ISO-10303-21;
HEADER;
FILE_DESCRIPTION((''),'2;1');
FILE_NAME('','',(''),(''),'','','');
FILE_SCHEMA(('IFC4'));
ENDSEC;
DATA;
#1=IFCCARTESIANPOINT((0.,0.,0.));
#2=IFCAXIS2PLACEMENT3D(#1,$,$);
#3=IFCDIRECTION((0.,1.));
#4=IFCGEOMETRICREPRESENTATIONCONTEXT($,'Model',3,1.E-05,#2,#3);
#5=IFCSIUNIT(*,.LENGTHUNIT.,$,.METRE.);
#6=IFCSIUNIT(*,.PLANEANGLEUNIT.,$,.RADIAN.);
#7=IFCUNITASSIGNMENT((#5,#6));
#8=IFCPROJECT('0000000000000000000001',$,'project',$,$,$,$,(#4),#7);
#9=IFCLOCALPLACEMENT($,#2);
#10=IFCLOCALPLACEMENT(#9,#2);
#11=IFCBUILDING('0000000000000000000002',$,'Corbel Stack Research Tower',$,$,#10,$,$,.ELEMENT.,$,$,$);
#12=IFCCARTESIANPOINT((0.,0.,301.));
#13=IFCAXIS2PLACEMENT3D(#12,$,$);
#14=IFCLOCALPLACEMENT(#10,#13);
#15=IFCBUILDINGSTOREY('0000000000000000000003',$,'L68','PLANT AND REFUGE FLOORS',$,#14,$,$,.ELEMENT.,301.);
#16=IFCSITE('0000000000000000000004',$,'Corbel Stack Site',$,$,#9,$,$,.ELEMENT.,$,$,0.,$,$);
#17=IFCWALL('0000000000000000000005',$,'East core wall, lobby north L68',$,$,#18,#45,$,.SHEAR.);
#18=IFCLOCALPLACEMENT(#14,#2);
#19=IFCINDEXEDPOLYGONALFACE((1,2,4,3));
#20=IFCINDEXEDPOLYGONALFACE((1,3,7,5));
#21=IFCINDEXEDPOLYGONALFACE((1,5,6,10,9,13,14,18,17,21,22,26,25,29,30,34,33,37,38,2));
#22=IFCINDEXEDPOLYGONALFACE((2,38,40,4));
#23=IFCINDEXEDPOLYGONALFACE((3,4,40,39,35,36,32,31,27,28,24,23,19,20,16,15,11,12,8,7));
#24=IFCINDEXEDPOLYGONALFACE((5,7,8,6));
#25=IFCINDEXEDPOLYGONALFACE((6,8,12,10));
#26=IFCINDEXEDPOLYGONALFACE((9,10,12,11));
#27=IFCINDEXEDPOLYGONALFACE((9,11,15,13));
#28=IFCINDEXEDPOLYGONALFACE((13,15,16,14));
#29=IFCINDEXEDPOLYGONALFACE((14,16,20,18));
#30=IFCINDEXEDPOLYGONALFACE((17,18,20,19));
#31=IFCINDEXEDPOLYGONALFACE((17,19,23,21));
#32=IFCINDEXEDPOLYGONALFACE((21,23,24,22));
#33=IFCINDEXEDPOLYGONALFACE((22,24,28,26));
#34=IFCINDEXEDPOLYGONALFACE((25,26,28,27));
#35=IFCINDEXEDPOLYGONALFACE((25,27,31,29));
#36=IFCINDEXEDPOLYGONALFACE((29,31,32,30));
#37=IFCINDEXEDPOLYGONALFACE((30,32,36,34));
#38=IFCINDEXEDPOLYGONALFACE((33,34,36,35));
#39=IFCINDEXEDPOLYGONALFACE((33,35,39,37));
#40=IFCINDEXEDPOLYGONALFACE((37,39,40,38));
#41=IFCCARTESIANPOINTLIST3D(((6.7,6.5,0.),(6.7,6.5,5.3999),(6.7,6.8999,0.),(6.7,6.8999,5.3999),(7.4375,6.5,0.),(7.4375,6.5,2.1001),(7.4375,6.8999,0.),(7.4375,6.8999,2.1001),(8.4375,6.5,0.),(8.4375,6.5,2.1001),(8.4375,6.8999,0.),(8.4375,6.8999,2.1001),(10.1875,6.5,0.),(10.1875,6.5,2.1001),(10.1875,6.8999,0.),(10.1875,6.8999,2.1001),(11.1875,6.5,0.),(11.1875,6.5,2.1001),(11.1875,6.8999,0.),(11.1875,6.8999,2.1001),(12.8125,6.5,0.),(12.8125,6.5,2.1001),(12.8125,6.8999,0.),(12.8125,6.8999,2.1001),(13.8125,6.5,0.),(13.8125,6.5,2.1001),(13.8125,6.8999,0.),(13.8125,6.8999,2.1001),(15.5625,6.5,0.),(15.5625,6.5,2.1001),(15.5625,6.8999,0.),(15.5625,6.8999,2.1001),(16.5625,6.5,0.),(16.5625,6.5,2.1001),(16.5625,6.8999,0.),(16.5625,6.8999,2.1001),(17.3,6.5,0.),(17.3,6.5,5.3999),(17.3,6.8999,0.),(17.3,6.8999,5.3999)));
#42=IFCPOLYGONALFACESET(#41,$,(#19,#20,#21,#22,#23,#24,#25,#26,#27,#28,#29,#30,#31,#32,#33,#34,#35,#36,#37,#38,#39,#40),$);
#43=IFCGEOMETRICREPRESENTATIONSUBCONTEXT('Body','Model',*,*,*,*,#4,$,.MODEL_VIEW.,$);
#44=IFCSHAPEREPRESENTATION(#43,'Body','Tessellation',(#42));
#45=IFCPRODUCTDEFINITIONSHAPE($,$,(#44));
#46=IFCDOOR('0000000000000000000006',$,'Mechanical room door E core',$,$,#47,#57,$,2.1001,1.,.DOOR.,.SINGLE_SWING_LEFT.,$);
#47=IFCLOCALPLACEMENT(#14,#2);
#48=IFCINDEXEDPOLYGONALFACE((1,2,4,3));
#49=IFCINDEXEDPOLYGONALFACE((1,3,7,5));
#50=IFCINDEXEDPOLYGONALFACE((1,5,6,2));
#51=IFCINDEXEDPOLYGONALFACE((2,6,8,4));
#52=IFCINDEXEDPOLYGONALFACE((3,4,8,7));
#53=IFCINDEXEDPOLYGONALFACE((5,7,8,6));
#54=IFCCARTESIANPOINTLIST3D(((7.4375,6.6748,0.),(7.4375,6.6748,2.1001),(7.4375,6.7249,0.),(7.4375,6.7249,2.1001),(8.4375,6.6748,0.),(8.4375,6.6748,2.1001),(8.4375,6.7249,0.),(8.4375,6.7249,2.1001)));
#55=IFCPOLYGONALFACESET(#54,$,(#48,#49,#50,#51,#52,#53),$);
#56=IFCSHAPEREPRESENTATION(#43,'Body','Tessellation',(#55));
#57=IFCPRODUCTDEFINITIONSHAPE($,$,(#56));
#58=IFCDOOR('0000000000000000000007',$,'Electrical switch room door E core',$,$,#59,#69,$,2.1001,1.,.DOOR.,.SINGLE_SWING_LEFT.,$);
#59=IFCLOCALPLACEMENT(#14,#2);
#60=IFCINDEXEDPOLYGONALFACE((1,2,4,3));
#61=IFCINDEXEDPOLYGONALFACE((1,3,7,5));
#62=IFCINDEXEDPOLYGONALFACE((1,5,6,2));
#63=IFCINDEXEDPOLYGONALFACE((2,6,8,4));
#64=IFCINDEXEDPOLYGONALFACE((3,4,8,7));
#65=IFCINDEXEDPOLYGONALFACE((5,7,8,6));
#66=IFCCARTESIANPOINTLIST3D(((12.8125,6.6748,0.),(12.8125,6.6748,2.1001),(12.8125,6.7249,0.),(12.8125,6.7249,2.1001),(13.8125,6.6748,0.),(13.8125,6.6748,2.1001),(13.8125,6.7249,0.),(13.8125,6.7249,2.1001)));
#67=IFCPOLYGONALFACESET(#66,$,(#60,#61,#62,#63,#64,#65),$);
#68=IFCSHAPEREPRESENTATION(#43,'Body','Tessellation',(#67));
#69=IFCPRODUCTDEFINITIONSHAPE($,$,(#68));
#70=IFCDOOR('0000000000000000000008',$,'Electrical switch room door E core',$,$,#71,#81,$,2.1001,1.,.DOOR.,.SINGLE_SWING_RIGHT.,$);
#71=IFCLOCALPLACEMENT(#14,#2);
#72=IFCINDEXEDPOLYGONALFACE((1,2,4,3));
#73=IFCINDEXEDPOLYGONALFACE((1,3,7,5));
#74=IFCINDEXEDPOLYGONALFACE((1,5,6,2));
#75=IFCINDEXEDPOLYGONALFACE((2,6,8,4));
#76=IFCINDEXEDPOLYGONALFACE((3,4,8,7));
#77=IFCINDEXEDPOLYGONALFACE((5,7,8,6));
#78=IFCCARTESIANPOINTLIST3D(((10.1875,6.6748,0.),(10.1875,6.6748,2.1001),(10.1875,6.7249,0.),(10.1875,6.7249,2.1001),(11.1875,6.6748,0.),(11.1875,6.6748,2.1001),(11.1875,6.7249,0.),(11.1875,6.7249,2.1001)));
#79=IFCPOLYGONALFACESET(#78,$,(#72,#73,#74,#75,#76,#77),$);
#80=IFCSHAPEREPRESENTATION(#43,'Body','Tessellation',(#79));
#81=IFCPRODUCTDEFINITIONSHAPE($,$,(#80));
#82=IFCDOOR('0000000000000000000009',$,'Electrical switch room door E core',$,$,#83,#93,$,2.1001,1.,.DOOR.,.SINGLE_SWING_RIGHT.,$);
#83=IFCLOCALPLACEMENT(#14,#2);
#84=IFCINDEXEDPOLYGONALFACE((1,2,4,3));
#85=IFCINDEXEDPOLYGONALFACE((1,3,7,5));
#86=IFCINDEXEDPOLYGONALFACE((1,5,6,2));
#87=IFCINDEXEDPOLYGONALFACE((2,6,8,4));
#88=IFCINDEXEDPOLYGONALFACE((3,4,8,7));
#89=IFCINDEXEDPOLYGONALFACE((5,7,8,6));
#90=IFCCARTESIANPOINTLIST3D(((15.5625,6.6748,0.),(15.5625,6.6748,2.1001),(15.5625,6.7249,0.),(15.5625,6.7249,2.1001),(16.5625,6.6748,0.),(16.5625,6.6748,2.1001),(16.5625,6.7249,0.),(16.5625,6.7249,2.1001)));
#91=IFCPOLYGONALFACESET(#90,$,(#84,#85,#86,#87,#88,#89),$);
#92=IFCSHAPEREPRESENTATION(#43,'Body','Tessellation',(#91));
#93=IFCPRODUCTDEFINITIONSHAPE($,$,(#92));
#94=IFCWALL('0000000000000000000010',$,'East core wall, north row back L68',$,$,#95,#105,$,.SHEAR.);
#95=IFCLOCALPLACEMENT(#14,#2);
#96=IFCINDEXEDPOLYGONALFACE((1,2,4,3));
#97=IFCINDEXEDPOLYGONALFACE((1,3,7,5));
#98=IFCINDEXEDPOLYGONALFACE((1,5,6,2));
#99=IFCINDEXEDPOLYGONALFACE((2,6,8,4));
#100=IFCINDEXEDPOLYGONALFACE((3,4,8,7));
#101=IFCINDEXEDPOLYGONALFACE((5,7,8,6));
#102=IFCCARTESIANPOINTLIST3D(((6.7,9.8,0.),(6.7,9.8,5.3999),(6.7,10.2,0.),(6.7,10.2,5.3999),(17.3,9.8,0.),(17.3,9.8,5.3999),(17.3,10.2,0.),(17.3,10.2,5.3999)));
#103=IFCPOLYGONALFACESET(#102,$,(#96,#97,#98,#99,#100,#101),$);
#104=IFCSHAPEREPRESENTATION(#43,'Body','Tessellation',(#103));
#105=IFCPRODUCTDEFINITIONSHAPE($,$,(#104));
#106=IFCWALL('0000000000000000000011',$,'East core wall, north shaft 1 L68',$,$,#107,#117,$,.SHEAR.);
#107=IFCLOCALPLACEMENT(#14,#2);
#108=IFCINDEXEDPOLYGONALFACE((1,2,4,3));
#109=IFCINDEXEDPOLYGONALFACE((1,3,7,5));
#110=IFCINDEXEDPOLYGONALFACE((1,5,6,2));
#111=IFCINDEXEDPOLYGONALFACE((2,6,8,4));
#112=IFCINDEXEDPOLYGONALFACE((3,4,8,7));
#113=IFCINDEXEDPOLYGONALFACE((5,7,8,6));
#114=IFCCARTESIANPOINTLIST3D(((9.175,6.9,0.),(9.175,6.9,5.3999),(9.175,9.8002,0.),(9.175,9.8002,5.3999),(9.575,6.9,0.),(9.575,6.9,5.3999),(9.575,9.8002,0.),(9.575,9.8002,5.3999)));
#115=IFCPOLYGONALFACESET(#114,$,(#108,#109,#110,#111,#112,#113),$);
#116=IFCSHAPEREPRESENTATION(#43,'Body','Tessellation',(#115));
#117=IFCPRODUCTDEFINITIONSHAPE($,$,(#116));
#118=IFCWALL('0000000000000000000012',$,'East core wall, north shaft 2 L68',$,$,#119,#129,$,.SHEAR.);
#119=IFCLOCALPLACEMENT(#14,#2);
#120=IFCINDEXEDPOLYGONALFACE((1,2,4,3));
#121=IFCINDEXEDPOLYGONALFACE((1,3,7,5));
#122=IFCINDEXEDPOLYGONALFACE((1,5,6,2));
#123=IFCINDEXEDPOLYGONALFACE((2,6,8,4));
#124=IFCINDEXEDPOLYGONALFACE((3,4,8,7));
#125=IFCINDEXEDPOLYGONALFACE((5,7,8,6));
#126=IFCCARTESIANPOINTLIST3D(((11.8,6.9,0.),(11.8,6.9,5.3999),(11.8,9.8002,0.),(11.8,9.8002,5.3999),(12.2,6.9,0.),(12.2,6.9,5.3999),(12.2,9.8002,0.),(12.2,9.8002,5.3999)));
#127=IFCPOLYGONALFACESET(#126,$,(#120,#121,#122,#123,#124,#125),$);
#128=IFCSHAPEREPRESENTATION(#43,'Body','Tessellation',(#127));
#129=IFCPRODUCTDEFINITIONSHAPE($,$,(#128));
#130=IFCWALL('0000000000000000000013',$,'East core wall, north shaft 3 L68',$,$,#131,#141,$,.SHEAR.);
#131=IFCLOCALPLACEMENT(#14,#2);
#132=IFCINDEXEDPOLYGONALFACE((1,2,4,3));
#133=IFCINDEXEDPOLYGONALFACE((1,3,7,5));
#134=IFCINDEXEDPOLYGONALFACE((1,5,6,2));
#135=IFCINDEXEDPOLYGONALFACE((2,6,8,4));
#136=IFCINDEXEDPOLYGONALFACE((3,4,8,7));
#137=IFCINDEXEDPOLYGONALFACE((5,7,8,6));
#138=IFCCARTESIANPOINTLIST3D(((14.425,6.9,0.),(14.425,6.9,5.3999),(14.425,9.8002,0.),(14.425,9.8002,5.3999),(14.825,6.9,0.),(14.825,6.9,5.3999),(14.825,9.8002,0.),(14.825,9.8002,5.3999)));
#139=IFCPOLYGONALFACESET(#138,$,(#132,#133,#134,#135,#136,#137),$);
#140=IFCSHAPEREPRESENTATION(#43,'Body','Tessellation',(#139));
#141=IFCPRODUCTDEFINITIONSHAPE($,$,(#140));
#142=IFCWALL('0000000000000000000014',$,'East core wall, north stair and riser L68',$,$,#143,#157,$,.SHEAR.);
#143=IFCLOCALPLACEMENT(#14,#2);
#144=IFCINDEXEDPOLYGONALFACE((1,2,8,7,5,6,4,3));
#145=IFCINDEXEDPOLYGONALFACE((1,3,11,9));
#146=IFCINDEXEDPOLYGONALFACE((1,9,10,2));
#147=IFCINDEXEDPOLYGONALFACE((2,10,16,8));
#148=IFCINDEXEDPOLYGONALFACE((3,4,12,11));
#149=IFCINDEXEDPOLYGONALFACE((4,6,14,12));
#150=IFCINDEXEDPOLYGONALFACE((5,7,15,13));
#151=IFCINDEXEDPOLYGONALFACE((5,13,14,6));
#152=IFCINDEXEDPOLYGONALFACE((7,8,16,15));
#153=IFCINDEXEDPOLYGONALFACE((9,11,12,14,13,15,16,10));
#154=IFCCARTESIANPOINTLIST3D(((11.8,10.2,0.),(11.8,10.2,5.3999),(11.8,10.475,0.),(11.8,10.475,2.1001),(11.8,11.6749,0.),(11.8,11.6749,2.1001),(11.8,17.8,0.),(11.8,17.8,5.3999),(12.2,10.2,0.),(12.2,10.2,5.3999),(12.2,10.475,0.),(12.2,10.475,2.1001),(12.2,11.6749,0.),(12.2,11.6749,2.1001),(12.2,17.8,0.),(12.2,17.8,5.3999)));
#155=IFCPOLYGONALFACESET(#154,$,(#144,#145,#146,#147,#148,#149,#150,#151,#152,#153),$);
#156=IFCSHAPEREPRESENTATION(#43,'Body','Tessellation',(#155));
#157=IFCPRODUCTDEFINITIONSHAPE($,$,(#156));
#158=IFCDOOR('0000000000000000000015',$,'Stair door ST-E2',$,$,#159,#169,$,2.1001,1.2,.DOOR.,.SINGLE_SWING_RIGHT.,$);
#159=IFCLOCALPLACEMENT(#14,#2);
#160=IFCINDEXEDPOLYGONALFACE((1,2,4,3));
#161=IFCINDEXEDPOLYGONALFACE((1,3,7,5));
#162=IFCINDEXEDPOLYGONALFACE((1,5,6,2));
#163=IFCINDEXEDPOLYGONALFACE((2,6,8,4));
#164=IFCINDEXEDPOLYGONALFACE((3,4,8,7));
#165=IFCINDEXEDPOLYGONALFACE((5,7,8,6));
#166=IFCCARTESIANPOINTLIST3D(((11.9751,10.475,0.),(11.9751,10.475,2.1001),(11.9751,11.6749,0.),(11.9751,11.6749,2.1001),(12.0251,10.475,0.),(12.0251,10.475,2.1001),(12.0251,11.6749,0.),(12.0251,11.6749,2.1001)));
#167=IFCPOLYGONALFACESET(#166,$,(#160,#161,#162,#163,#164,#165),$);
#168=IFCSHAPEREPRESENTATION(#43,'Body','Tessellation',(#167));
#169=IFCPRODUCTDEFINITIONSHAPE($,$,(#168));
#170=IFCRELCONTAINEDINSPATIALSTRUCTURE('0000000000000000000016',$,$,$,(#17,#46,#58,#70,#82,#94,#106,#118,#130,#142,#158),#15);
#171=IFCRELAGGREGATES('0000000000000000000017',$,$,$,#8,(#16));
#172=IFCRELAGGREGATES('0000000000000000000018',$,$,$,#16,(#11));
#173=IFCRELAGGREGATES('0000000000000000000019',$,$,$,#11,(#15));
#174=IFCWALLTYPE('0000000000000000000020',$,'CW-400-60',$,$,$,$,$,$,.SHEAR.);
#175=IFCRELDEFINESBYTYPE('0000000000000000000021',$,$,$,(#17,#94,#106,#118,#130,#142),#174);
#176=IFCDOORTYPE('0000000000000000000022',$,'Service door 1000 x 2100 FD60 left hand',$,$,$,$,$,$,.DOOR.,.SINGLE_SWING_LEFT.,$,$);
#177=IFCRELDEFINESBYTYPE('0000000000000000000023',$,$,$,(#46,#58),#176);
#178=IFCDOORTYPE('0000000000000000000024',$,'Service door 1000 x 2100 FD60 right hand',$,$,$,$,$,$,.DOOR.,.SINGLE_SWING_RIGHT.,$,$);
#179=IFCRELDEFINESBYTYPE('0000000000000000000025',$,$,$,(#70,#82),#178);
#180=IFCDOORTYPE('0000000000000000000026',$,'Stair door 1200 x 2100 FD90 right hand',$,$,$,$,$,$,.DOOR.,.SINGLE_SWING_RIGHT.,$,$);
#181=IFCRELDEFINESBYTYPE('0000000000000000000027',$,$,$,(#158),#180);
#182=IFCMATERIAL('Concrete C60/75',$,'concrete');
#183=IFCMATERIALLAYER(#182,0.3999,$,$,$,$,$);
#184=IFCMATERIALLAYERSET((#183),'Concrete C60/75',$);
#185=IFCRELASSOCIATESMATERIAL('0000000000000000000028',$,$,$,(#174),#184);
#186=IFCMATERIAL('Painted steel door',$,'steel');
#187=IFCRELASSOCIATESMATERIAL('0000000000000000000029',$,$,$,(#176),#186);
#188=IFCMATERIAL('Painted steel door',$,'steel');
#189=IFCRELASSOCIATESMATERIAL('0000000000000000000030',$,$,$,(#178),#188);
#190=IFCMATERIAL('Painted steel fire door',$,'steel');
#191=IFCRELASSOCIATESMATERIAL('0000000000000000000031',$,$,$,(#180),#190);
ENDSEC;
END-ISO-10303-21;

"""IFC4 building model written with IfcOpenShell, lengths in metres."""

from ifc_helpers import new_model, si_unit, direction, frame, frame_2d, origin, place, context, subcontext, project, spatial, rectangle, extrude, material, layer, layer_set, type_object, element, fill, save


model = new_model("IFC4")

# Units and contexts
model_context = context("Model", 3, precision=1e-05, world=origin(), true_north=direction((0.0, 1.0)))
body_context = subcontext(model_context, "Body", "Model", "MODEL_VIEW")
ifc_project = project(units=[si_unit("LENGTHUNIT", "METRE"), si_unit("PLANEANGLEUNIT", "RADIAN")], contexts=[model_context])

# Site, building, storey
site_placement = place(None, origin())
site = spatial("IfcSite", under=ifc_project, at=site_placement, Name="Corbel Stack Site", CompositionType="ELEMENT", RefElevation=0.0)
building_placement = place(site_placement, origin())
building = spatial("IfcBuilding", under=site, at=building_placement, Name="Corbel Stack Research Tower", CompositionType="ELEMENT")
storey_placement = place(building_placement, frame((0.0, 0.0, 301.0)))
storey = spatial("IfcBuildingStorey", under=building, at=storey_placement, Name="L68", Description="PLANT AND REFUGE FLOORS", CompositionType="ELEMENT", Elevation=301.0)

# Wall, openings, doors
ifc_material_1 = material(Name="Concrete C60/75", Category="concrete")
ifc_layer = layer(ifc_material_1, 0.3999)
ifc_layer_set = layer_set([ifc_layer], Name="Concrete C60/75")
wall_type = type_object("IfcWallType", Name="CW-400-60", PredefinedType="SHEAR", material=ifc_layer_set)
ifc_material_2 = material(Name="Painted steel door", Category="steel")
door_type_1 = type_object("IfcDoorType", Name="Service door 1000 x 2100 FD60 left hand", OperationType="SINGLE_SWING_LEFT", PredefinedType="DOOR", material=ifc_material_2)
ifc_material_3 = material(Name="Painted steel door", Category="steel")
door_type_2 = type_object("IfcDoorType", Name="Service door 1000 x 2100 FD60 right hand", OperationType="SINGLE_SWING_RIGHT", PredefinedType="DOOR", material=ifc_material_3)
wall_1_placement = place(storey_placement, frame((6.7, 6.7, 0.0), z_axis=(0.0, 0.0, 1.0), x_axis=(1.0, 0.0, 0.0)))
wall_1 = element("IfcWall", 1, at=wall_1_placement, inside=storey, type_object=wall_type, Name="East core wall, lobby north L68", PredefinedType="SHEAR", context=body_context, shape_type="SweptSolid", body=[
    extrude(rectangle(XDim=10.6001, YDim=0.3999, at=frame_2d((5.3, 0.0))), origin(), (0.0, 0.0, 1.0), 5.3999),
])
opening_1_placement = place(wall_1_placement, frame((0.7375, 0.0, 0.0)))
opening_1 = element("IfcOpeningElement", 2, at=opening_1_placement, cuts=wall_1, PredefinedType="OPENING", context=body_context, shape_type="SweptSolid", body=[
    extrude(rectangle(XDim=1.0, YDim=2.1001, at=frame_2d((0.5, 1.05))), frame((0.0, 0.21, 0.0), z_axis=(0.0, -1.0, 0.0), x_axis=(1.0, 0.0, 0.0)), (0.0, 0.0, 1.0), 0.4199),
])
opening_2_placement = place(wall_1_placement, frame((3.4875, 0.0, 0.0)))
opening_2 = element("IfcOpeningElement", 3, at=opening_2_placement, cuts=wall_1, PredefinedType="OPENING", context=body_context, shape_type="SweptSolid", body=[
    extrude(rectangle(XDim=1.0, YDim=2.1001, at=frame_2d((0.5, 1.05))), frame((0.0, 0.21, 0.0), z_axis=(0.0, -1.0, 0.0), x_axis=(1.0, 0.0, 0.0)), (0.0, 0.0, 1.0), 0.4199),
])
opening_3_placement = place(wall_1_placement, frame((6.1125, 0.0, 0.0)))
opening_3 = element("IfcOpeningElement", 4, at=opening_3_placement, cuts=wall_1, PredefinedType="OPENING", context=body_context, shape_type="SweptSolid", body=[
    extrude(rectangle(XDim=1.0, YDim=2.1001, at=frame_2d((0.5, 1.05))), frame((0.0, 0.21, 0.0), z_axis=(0.0, -1.0, 0.0), x_axis=(1.0, 0.0, 0.0)), (0.0, 0.0, 1.0), 0.4199),
])
opening_4_placement = place(wall_1_placement, frame((8.8625, 0.0, 0.0)))
opening_4 = element("IfcOpeningElement", 5, at=opening_4_placement, cuts=wall_1, PredefinedType="OPENING", context=body_context, shape_type="SweptSolid", body=[
    extrude(rectangle(XDim=1.0, YDim=2.1001, at=frame_2d((0.5, 1.05))), frame((0.0, 0.21, 0.0), z_axis=(0.0, -1.0, 0.0), x_axis=(1.0, 0.0, 0.0)), (0.0, 0.0, 1.0), 0.4199),
])
door_1_placement = place(opening_1_placement, origin())
door_1 = element("IfcDoor", 6, at=door_1_placement, inside=storey, type_object=door_type_1, Name="Mechanical room door E core", OperationType="SINGLE_SWING_LEFT", OverallHeight=2.1001, OverallWidth=1.0, PredefinedType="DOOR", context=body_context, shape_type="SweptSolid", body=[
    extrude(rectangle(XDim=1.0, YDim=2.1001, at=frame_2d((0.5, 1.05))), frame((0.0, 0.0249, 0.0), z_axis=(0.0, -1.0, 0.0), x_axis=(1.0, 0.0, 0.0)), (0.0, 0.0, 1.0), 0.05),
])
fill(opening_1, door_1)
door_2_placement = place(opening_3_placement, origin())
door_2 = element("IfcDoor", 7, at=door_2_placement, inside=storey, type_object=door_type_1, Name="Electrical switch room door E core", OperationType="SINGLE_SWING_LEFT", OverallHeight=2.1001, OverallWidth=1.0, PredefinedType="DOOR", context=body_context, shape_type="SweptSolid", body=[
    extrude(rectangle(XDim=1.0, YDim=2.1001, at=frame_2d((0.5, 1.05))), frame((0.0, 0.0249, 0.0), z_axis=(0.0, -1.0, 0.0), x_axis=(1.0, 0.0, 0.0)), (0.0, 0.0, 1.0), 0.05),
])
fill(opening_3, door_2)
door_3_placement = place(opening_2_placement, origin())
door_3 = element("IfcDoor", 8, at=door_3_placement, inside=storey, type_object=door_type_2, Name="Electrical switch room door E core", OperationType="SINGLE_SWING_RIGHT", OverallHeight=2.1001, OverallWidth=1.0, PredefinedType="DOOR", context=body_context, shape_type="SweptSolid", body=[
    extrude(rectangle(XDim=1.0, YDim=2.1001, at=frame_2d((0.5, 1.05))), frame((0.0, 0.0249, 0.0), z_axis=(0.0, -1.0, 0.0), x_axis=(1.0, 0.0, 0.0)), (0.0, 0.0, 1.0), 0.05),
])
fill(opening_2, door_3)
door_4_placement = place(opening_4_placement, origin())
door_4 = element("IfcDoor", 9, at=door_4_placement, inside=storey, type_object=door_type_2, Name="Electrical switch room door E core", OperationType="SINGLE_SWING_RIGHT", OverallHeight=2.1001, OverallWidth=1.0, PredefinedType="DOOR", context=body_context, shape_type="SweptSolid", body=[
    extrude(rectangle(XDim=1.0, YDim=2.1001, at=frame_2d((0.5, 1.05))), frame((0.0, 0.0249, 0.0), z_axis=(0.0, -1.0, 0.0), x_axis=(1.0, 0.0, 0.0)), (0.0, 0.0, 1.0), 0.05),
])
fill(opening_4, door_4)

# Walls
wall_2_placement = place(storey_placement, frame((6.7, 10.0, 0.0), z_axis=(0.0, 0.0, 1.0), x_axis=(1.0, 0.0, 0.0)))
element("IfcWall", 10, at=wall_2_placement, inside=storey, type_object=wall_type, Name="East core wall, north row back L68", PredefinedType="SHEAR", context=body_context, shape_type="SweptSolid", body=[
    extrude(rectangle(XDim=10.6001, YDim=0.3999, at=frame_2d((5.3, 0.0))), origin(), (0.0, 0.0, 1.0), 5.3999),
])
for number, where, z_axis, x_axis, name in (
    (11, (9.375, 6.8999, 0.0), (0.0, 0.0, 1.0), (0.0, 1.0, 0.0), "East core wall, north shaft 1 L68"),
    (12, (12.0, 6.8999, 0.0), (0.0, 0.0, 1.0), (0.0, 1.0, 0.0), "East core wall, north shaft 2 L68"),
    (13, (14.625, 6.8999, 0.0), (0.0, 0.0, 1.0), (0.0, 1.0, 0.0), "East core wall, north shaft 3 L68"),
):
    element("IfcWall", number, at=place(storey_placement, frame(where, z_axis=z_axis, x_axis=x_axis)), inside=storey, type_object=wall_type, Name=name, PredefinedType="SHEAR", context=body_context, shape_type="SweptSolid", body=[
        extrude(rectangle(XDim=2.9001, YDim=0.3999, at=frame_2d((1.4502, 0.0))), origin(), (0.0, 0.0, 1.0), 5.3999),
    ])

# Wall, opening, door
wall_3_placement = place(storey_placement, frame((12.0, 10.2, 0.0), z_axis=(0.0, 0.0, 1.0), x_axis=(0.0, 1.0, 0.0)))
wall_3 = element("IfcWall", 14, at=wall_3_placement, inside=storey, type_object=wall_type, Name="East core wall, north stair and riser L68", PredefinedType="SHEAR", context=body_context, shape_type="SweptSolid", body=[
    extrude(rectangle(XDim=7.6001, YDim=0.3999, at=frame_2d((3.8, 0.0))), origin(), (0.0, 0.0, 1.0), 5.3999),
])
opening_5_placement = place(wall_3_placement, frame((0.2749, 0.0, 0.0)))
opening_5 = element("IfcOpeningElement", 15, at=opening_5_placement, cuts=wall_3, PredefinedType="OPENING", context=body_context, shape_type="SweptSolid", body=[
    extrude(rectangle(XDim=1.2, YDim=2.1001, at=frame_2d((0.6001, 1.05))), frame((0.0, 0.21, 0.0), z_axis=(0.0, -1.0, 0.0), x_axis=(1.0, 0.0, 0.0)), (0.0, 0.0, 1.0), 0.4199),
])
ifc_material_4 = material(Name="Painted steel fire door", Category="steel")
door_type_3 = type_object("IfcDoorType", Name="Stair door 1200 x 2100 FD90 right hand", OperationType="SINGLE_SWING_RIGHT", PredefinedType="DOOR", material=ifc_material_4)
door_5_placement = place(opening_5_placement, origin())
door_5 = element("IfcDoor", 16, at=door_5_placement, inside=storey, type_object=door_type_3, Name="Stair door ST-E2", OperationType="SINGLE_SWING_RIGHT", OverallHeight=2.1001, OverallWidth=1.2, PredefinedType="DOOR", context=body_context, shape_type="SweptSolid", body=[
    extrude(rectangle(XDim=1.2, YDim=2.1001, at=frame_2d((0.6001, 1.05))), frame((0.0, 0.0249, 0.0), z_axis=(0.0, -1.0, 0.0), x_axis=(1.0, 0.0, 0.0)), (0.0, 0.0, 1.0), 0.05),
])
fill(opening_5, door_5)

save(model, "model.ifc")
